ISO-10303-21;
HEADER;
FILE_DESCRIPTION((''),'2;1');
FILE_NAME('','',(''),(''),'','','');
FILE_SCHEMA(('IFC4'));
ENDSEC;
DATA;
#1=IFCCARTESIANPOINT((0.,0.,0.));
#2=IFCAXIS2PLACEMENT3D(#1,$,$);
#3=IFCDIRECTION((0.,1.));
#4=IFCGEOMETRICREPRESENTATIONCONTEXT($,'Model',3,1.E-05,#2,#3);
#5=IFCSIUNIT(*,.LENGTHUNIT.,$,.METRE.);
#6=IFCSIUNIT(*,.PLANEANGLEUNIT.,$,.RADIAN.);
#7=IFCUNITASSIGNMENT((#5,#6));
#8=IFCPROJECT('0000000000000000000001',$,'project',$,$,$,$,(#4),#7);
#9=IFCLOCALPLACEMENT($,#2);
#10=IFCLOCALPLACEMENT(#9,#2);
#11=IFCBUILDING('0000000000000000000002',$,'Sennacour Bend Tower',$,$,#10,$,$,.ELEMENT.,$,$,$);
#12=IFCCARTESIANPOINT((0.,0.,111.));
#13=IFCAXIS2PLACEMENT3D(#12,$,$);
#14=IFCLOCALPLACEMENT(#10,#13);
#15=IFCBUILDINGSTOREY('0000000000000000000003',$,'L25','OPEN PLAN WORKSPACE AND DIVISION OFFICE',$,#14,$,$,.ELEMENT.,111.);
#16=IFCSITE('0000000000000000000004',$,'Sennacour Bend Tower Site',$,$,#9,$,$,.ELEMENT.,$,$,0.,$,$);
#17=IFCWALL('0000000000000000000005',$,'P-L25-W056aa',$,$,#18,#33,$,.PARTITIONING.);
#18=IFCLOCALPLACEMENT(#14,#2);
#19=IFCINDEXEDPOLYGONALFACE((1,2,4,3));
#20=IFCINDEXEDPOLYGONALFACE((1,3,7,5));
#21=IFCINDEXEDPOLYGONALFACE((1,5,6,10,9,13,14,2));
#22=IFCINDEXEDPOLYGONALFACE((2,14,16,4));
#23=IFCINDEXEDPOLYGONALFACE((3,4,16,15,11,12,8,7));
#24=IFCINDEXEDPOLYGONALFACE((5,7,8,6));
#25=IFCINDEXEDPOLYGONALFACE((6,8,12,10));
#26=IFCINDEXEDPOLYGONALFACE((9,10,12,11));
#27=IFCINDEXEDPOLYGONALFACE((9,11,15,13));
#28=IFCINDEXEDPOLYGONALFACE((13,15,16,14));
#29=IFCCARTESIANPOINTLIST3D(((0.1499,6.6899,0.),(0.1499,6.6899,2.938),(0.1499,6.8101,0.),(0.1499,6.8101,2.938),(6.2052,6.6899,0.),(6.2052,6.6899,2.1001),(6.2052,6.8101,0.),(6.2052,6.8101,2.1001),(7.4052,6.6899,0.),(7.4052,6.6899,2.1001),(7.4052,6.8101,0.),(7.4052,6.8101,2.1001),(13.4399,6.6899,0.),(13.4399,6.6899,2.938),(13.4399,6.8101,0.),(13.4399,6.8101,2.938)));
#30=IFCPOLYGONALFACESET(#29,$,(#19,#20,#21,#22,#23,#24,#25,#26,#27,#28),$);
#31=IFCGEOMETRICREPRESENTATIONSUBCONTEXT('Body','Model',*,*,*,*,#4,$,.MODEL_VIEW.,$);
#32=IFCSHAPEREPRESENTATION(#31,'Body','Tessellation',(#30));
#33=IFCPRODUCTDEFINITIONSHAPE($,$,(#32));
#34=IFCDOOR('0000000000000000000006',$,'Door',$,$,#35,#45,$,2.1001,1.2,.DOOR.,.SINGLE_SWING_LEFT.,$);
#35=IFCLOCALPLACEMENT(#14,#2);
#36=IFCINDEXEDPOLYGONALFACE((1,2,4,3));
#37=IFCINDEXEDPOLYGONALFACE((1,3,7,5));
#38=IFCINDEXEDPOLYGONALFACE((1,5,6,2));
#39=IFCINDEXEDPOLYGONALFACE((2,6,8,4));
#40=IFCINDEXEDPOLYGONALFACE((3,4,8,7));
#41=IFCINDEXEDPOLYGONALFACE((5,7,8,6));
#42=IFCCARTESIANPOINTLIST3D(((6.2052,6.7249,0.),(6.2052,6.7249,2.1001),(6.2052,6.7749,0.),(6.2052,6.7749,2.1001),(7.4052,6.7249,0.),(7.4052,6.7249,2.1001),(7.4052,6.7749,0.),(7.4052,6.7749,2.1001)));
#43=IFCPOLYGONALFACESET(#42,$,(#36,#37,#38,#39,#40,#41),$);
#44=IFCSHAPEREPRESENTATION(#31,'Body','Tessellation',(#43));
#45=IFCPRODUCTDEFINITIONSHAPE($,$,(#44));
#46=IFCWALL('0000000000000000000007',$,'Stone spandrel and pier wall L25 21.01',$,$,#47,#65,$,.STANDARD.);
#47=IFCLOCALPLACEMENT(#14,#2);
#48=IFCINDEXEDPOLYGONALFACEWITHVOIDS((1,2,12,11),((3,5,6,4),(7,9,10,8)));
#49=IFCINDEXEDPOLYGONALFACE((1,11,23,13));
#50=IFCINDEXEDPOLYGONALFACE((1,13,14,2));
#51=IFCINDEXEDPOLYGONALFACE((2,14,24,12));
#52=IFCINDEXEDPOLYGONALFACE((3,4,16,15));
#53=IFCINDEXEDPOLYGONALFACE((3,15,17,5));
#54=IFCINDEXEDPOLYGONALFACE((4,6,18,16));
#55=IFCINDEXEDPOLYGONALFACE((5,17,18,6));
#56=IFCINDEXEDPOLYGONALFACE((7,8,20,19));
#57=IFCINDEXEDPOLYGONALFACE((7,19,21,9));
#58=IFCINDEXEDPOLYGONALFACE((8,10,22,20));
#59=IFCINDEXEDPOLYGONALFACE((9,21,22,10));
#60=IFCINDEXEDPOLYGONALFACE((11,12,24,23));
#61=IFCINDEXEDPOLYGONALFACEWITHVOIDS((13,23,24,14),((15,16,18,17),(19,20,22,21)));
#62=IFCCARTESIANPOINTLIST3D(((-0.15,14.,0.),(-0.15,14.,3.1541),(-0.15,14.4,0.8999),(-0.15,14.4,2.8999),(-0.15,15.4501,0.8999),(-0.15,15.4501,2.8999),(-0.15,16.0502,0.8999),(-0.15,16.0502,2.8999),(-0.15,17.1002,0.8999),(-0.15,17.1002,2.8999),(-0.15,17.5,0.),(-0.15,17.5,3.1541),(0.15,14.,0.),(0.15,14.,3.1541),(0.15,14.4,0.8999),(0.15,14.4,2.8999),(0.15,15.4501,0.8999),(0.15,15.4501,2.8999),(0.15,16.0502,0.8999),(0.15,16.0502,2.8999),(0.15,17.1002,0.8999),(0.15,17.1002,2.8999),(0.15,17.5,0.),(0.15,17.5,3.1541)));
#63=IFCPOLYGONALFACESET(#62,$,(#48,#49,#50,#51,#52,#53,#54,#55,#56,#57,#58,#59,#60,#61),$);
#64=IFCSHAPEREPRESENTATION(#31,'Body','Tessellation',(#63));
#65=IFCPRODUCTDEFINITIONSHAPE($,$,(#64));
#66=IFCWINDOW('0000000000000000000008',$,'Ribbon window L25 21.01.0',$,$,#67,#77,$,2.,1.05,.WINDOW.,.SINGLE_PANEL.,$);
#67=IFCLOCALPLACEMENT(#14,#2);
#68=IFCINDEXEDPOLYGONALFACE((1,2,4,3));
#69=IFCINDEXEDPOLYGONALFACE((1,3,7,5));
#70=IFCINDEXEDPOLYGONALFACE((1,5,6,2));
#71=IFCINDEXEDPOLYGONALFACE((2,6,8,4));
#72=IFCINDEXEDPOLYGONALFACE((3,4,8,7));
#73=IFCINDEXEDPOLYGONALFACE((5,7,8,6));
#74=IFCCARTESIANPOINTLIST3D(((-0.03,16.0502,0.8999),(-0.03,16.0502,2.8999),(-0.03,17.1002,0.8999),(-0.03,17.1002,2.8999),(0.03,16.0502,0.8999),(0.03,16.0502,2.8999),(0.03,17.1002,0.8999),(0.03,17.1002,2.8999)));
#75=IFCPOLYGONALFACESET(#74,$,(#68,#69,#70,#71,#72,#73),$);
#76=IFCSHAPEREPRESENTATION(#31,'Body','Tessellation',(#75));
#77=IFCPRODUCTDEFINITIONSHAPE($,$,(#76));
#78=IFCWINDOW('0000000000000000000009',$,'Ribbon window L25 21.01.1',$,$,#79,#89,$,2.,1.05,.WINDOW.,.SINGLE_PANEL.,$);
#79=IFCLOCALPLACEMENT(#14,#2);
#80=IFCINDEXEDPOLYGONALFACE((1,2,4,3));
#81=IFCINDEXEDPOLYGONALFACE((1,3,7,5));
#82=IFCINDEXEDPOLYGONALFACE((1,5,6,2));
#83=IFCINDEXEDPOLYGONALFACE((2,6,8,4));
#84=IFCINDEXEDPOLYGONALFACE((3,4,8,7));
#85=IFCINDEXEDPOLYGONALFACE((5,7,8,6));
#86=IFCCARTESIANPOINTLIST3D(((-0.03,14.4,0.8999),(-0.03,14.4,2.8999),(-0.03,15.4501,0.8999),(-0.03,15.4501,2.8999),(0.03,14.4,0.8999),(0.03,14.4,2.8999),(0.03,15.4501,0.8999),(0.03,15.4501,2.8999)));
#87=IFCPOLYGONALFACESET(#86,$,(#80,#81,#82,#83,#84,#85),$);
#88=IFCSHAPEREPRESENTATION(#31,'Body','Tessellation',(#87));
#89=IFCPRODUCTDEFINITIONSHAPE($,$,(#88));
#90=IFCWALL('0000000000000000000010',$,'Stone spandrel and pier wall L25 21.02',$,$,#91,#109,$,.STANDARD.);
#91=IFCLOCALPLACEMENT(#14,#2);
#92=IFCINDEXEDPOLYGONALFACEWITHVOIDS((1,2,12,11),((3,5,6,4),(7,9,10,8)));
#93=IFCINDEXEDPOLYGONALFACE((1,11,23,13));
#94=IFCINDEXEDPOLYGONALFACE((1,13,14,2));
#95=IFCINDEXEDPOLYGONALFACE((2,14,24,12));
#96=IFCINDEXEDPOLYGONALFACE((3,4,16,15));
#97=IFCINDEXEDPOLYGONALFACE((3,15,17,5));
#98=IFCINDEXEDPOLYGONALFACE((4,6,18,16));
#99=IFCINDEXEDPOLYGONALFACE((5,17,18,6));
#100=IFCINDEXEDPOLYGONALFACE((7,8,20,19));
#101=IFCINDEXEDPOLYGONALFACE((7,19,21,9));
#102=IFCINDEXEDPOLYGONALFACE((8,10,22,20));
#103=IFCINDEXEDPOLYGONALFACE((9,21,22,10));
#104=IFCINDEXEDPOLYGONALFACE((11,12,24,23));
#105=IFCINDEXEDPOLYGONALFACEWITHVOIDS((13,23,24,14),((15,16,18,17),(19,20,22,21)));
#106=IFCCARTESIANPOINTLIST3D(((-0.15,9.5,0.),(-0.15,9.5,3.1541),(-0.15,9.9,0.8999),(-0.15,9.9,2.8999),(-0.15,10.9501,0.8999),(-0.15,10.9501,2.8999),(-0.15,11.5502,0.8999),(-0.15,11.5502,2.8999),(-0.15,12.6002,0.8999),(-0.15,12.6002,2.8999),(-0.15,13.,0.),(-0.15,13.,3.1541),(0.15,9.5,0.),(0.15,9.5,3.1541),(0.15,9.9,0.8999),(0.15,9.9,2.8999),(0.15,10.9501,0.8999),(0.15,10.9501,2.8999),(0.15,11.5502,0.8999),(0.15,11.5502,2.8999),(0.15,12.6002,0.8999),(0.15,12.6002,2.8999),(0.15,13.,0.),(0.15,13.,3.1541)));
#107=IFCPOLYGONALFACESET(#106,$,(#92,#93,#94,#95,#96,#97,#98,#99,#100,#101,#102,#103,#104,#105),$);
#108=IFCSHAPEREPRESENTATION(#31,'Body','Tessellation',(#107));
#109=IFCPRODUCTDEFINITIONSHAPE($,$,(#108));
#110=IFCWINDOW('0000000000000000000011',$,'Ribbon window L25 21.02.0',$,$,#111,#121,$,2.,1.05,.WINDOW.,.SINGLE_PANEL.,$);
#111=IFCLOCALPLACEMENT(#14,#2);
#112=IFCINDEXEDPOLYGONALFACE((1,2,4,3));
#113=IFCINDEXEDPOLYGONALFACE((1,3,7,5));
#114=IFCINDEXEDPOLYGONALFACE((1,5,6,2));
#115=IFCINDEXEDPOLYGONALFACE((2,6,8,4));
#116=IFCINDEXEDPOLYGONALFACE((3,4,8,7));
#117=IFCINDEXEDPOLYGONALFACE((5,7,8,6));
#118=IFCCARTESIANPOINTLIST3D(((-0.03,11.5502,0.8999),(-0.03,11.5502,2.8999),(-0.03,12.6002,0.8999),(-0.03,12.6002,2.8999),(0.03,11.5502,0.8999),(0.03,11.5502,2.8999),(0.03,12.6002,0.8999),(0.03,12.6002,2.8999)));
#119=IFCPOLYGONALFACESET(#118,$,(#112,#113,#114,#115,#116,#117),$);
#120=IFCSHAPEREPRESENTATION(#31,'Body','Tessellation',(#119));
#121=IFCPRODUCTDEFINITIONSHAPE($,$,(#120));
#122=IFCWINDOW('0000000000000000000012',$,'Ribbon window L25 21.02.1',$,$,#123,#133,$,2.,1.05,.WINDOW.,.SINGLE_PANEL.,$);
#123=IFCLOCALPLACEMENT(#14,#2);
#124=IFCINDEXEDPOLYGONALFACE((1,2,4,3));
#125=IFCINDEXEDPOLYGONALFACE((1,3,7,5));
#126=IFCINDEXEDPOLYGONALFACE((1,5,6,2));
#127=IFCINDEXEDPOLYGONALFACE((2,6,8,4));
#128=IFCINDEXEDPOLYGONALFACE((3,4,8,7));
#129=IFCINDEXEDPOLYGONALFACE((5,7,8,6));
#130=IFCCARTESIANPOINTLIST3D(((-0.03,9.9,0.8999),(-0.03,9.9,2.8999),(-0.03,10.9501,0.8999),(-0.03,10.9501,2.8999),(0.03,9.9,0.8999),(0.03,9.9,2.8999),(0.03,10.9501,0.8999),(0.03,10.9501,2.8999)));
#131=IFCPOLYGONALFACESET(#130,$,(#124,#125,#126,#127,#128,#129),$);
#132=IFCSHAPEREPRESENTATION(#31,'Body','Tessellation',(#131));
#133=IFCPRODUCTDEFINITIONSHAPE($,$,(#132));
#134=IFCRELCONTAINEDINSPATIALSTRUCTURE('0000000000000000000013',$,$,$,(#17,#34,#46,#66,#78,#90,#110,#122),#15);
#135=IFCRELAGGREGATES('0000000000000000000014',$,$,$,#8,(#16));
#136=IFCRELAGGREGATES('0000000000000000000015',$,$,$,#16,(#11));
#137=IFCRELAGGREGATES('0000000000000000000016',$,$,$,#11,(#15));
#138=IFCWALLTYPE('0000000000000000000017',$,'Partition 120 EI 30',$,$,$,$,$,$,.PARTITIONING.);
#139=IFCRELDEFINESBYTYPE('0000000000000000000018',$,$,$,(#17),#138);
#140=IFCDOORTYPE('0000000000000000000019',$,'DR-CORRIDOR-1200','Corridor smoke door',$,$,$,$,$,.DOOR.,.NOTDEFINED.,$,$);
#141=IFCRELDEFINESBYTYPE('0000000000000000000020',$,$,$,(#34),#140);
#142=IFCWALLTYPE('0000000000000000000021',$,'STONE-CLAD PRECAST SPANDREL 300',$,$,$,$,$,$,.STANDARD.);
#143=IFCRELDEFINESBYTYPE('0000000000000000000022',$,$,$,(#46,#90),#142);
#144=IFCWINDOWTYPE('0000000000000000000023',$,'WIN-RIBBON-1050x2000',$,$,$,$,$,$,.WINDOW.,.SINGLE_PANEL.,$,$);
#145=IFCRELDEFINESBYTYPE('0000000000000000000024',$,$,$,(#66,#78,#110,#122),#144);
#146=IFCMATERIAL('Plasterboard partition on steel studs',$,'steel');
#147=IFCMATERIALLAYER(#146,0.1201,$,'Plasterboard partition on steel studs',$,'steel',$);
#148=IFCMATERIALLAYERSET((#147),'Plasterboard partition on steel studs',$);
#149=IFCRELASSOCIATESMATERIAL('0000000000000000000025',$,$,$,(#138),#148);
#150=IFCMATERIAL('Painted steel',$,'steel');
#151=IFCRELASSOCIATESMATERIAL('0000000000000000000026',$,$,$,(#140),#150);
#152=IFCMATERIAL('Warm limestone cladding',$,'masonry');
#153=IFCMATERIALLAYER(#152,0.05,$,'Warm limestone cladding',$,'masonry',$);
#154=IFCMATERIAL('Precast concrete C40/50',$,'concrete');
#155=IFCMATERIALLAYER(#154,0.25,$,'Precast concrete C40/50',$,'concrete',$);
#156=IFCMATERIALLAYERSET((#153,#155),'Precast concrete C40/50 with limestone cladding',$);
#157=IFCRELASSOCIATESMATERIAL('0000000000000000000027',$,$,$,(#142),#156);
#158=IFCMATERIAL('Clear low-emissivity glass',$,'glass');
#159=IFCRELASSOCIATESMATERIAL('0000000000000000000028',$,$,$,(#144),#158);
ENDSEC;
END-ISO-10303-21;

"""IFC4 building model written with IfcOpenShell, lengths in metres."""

from ifc_helpers import new_model, si_unit, direction, frame, frame_2d, origin, place, context, subcontext, project, spatial, rectangle, extrude, material, layer, layer_set, type_object, element, fill, save


model = new_model("IFC4")

# Units and contexts
model_context = context("Model", 3, precision=1e-05, world=origin(), true_north=direction((0.0, 1.0)))
body_context = subcontext(model_context, "Body", "Model", "MODEL_VIEW")
ifc_project = project(units=[si_unit("LENGTHUNIT", "METRE"), si_unit("PLANEANGLEUNIT", "RADIAN")], contexts=[model_context])

# Site, building, storey
site_placement = place(None, origin())
site = spatial("IfcSite", under=ifc_project, at=site_placement, Name="Sennacour Bend Tower Site", CompositionType="ELEMENT", RefElevation=0.0)
building_placement = place(site_placement, origin())
building = spatial("IfcBuilding", under=site, at=building_placement, Name="Sennacour Bend Tower", CompositionType="ELEMENT")
storey_placement = place(building_placement, frame((0.0, 0.0, 111.0)))
storey = spatial("IfcBuildingStorey", under=building, at=storey_placement, Name="L25", Description="OPEN PLAN WORKSPACE AND DIVISION OFFICE", CompositionType="ELEMENT", Elevation=111.0)

# Shared definitions
ifc_material_1 = material(Name="Plasterboard partition on steel studs", Category="steel")

# Wall, opening, door
ifc_layer_1 = layer(ifc_material_1, 0.1201, Name="Plasterboard partition on steel studs", Category="steel")
ifc_layer_set_1 = layer_set([ifc_layer_1], Name="Plasterboard partition on steel studs")
wall_type_1 = type_object("IfcWallType", Name="Partition 120 EI 30", PredefinedType="PARTITIONING", material=ifc_layer_set_1)
wall_1_placement = place(storey_placement, frame((0.1499, 6.75, 0.0), z_axis=(0.0, 0.0, 1.0), x_axis=(1.0, 0.0, 0.0)))
wall_1 = element("IfcWall", 1, at=wall_1_placement, inside=storey, type_object=wall_type_1, Name="P-L25-W056aa", PredefinedType="PARTITIONING", context=body_context, shape_type="SweptSolid", body=[
    extrude(rectangle(XDim=13.29, YDim=0.1201, at=frame_2d((6.645, 0.0))), origin(), (0.0, 0.0, 1.0), 2.938),
])
opening_1_placement = place(wall_1_placement, frame((6.0552, 0.0, 0.0)))
opening_1 = element("IfcOpeningElement", 2, at=opening_1_placement, cuts=wall_1, PredefinedType="OPENING", context=body_context, shape_type="SweptSolid", body=[
    extrude(rectangle(XDim=1.2, YDim=2.1001, at=frame_2d((0.6001, 1.05))), frame((0.0, 0.0701, 0.0), z_axis=(0.0, -1.0, 0.0), x_axis=(1.0, 0.0, 0.0)), (0.0, 0.0, 1.0), 0.1401),
])
ifc_material_2 = material(Name="Painted steel", Category="steel")
door_type_1 = type_object("IfcDoorType", Name="DR-CORRIDOR-1200", Description="Corridor smoke door", OperationType="NOTDEFINED", PredefinedType="DOOR", material=ifc_material_2)
door_1_placement = place(opening_1_placement, origin())
door_1 = element("IfcDoor", 3, at=door_1_placement, inside=storey, type_object=door_type_1, Name="Door", OperationType="SINGLE_SWING_LEFT", OverallHeight=2.1001, OverallWidth=1.2, PredefinedType="DOOR", context=body_context, shape_type="SweptSolid", body=[
    extrude(rectangle(XDim=1.2, YDim=2.1001, at=frame_2d((0.6001, 1.05))), frame((0.0, 0.0249, 0.0), z_axis=(0.0, -1.0, 0.0), x_axis=(1.0, 0.0, 0.0)), (0.0, 0.0, 1.0), 0.05),
])
fill(opening_1, door_1)

# Walls, openings, windows
ifc_material_3 = material(Name="Warm limestone cladding", Category="masonry")
ifc_layer_2 = layer(ifc_material_3, 0.05, Name="Warm limestone cladding", Category="masonry")
ifc_material_4 = material(Name="Precast concrete C40/50", Category="concrete")
ifc_layer_3 = layer(ifc_material_4, 0.25, Name="Precast concrete C40/50", Category="concrete")
ifc_layer_set_2 = layer_set([ifc_layer_2, ifc_layer_3], Name="Precast concrete C40/50 with limestone cladding")
wall_type_2 = type_object("IfcWallType", Name="STONE-CLAD PRECAST SPANDREL 300", PredefinedType="STANDARD", material=ifc_layer_set_2)
wall_2_placement = place(storey_placement, frame((0.0, 17.5, 0.0), z_axis=(0.0, 0.0, 1.0), x_axis=(0.0, -1.0, 0.0)))
wall_2 = element("IfcWall", 4, at=wall_2_placement, inside=storey, type_object=wall_type_2, Name="Stone spandrel and pier wall L25 21.01", PredefinedType="STANDARD", context=body_context, shape_type="SweptSolid", body=[
    extrude(rectangle(XDim=3.5, YDim=0.3, at=frame_2d((1.75, 0.0))), origin(), (0.0, 0.0, 1.0), 3.1541),
])
opening_2_placement = place(wall_2_placement, frame((0.3999, 0.0, 0.8999)))
opening_2 = element("IfcOpeningElement", 5, at=opening_2_placement, cuts=wall_2, PredefinedType="OPENING", context=body_context, shape_type="SweptSolid", body=[
    extrude(rectangle(XDim=1.05, YDim=2.0, at=frame_2d((0.5249, 1.0))), frame((0.0, 0.1602, 0.0), z_axis=(0.0, -1.0, 0.0), x_axis=(1.0, 0.0, 0.0)), (0.0, 0.0, 1.0), 0.3201),
])
opening_3_placement = place(wall_2_placement, frame((2.05, 0.0, 0.8999)))
opening_3 = element("IfcOpeningElement", 6, at=opening_3_placement, cuts=wall_2, PredefinedType="OPENING", context=body_context, shape_type="SweptSolid", body=[
    extrude(rectangle(XDim=1.05, YDim=2.0, at=frame_2d((0.5249, 1.0))), frame((0.0, 0.1602, 0.0), z_axis=(0.0, -1.0, 0.0), x_axis=(1.0, 0.0, 0.0)), (0.0, 0.0, 1.0), 0.3201),
])
ifc_material_5 = material(Name="Clear low-emissivity glass", Category="glass")
window_type = type_object("IfcWindowType", Name="WIN-RIBBON-1050x2000", PartitioningType="SINGLE_PANEL", PredefinedType="WINDOW", material=ifc_material_5)
window_1_placement = place(opening_2_placement, origin())
window_1 = element("IfcWindow", 7, at=window_1_placement, inside=storey, type_object=window_type, Name="Ribbon window L25 21.01.0", OverallHeight=2.0, OverallWidth=1.05, PartitioningType="SINGLE_PANEL", PredefinedType="WINDOW", context=body_context, shape_type="SweptSolid", body=[
    extrude(rectangle(XDim=1.05, YDim=2.0, at=frame_2d((0.5249, 1.0))), frame((0.0, 0.03, 0.0), z_axis=(0.0, -1.0, 0.0), x_axis=(1.0, 0.0, 0.0)), (0.0, 0.0, 1.0), 0.0601),
])
fill(opening_2, window_1)
window_2_placement = place(opening_3_placement, origin())
window_2 = element("IfcWindow", 8, at=window_2_placement, inside=storey, type_object=window_type, Name="Ribbon window L25 21.01.1", OverallHeight=2.0, OverallWidth=1.05, PartitioningType="SINGLE_PANEL", PredefinedType="WINDOW", context=body_context, shape_type="SweptSolid", body=[
    extrude(rectangle(XDim=1.05, YDim=2.0, at=frame_2d((0.5249, 1.0))), frame((0.0, 0.03, 0.0), z_axis=(0.0, -1.0, 0.0), x_axis=(1.0, 0.0, 0.0)), (0.0, 0.0, 1.0), 0.0601),
])
fill(opening_3, window_2)
wall_3_placement = place(storey_placement, frame((0.0, 13.0, 0.0), z_axis=(0.0, 0.0, 1.0), x_axis=(0.0, -1.0, 0.0)))
wall_3 = element("IfcWall", 9, at=wall_3_placement, inside=storey, type_object=wall_type_2, Name="Stone spandrel and pier wall L25 21.02", PredefinedType="STANDARD", context=body_context, shape_type="SweptSolid", body=[
    extrude(rectangle(XDim=3.5, YDim=0.3, at=frame_2d((1.75, 0.0))), origin(), (0.0, 0.0, 1.0), 3.1541),
])
opening_4_placement = place(wall_3_placement, frame((0.3999, 0.0, 0.8999)))
opening_4 = element("IfcOpeningElement", 10, at=opening_4_placement, cuts=wall_3, PredefinedType="OPENING", context=body_context, shape_type="SweptSolid", body=[
    extrude(rectangle(XDim=1.05, YDim=2.0, at=frame_2d((0.5249, 1.0))), frame((0.0, 0.1602, 0.0), z_axis=(0.0, -1.0, 0.0), x_axis=(1.0, 0.0, 0.0)), (0.0, 0.0, 1.0), 0.3201),
])
opening_5_placement = place(wall_3_placement, frame((2.05, 0.0, 0.8999)))
opening_5 = element("IfcOpeningElement", 11, at=opening_5_placement, cuts=wall_3, PredefinedType="OPENING", context=body_context, shape_type="SweptSolid", body=[
    extrude(rectangle(XDim=1.05, YDim=2.0, at=frame_2d((0.5249, 1.0))), frame((0.0, 0.1602, 0.0), z_axis=(0.0, -1.0, 0.0), x_axis=(1.0, 0.0, 0.0)), (0.0, 0.0, 1.0), 0.3201),
])
window_3_placement = place(opening_4_placement, origin())
window_3 = element("IfcWindow", 12, at=window_3_placement, inside=storey, type_object=window_type, Name="Ribbon window L25 21.02.0", OverallHeight=2.0, OverallWidth=1.05, PartitioningType="SINGLE_PANEL", PredefinedType="WINDOW", context=body_context, shape_type="SweptSolid", body=[
    extrude(rectangle(XDim=1.05, YDim=2.0, at=frame_2d((0.5249, 1.0))), frame((0.0, 0.03, 0.0), z_axis=(0.0, -1.0, 0.0), x_axis=(1.0, 0.0, 0.0)), (0.0, 0.0, 1.0), 0.0601),
])
fill(opening_4, window_3)
window_4_placement = place(opening_5_placement, origin())
window_4 = element("IfcWindow", 13, at=window_4_placement, inside=storey, type_object=window_type, Name="Ribbon window L25 21.02.1", OverallHeight=2.0, OverallWidth=1.05, PartitioningType="SINGLE_PANEL", PredefinedType="WINDOW", context=body_context, shape_type="SweptSolid", body=[
    extrude(rectangle(XDim=1.05, YDim=2.0, at=frame_2d((0.5249, 1.0))), frame((0.0, 0.03, 0.0), z_axis=(0.0, -1.0, 0.0), x_axis=(1.0, 0.0, 0.0)), (0.0, 0.0, 1.0), 0.0601),
])
fill(opening_5, window_4)

save(model, "model.ifc")
